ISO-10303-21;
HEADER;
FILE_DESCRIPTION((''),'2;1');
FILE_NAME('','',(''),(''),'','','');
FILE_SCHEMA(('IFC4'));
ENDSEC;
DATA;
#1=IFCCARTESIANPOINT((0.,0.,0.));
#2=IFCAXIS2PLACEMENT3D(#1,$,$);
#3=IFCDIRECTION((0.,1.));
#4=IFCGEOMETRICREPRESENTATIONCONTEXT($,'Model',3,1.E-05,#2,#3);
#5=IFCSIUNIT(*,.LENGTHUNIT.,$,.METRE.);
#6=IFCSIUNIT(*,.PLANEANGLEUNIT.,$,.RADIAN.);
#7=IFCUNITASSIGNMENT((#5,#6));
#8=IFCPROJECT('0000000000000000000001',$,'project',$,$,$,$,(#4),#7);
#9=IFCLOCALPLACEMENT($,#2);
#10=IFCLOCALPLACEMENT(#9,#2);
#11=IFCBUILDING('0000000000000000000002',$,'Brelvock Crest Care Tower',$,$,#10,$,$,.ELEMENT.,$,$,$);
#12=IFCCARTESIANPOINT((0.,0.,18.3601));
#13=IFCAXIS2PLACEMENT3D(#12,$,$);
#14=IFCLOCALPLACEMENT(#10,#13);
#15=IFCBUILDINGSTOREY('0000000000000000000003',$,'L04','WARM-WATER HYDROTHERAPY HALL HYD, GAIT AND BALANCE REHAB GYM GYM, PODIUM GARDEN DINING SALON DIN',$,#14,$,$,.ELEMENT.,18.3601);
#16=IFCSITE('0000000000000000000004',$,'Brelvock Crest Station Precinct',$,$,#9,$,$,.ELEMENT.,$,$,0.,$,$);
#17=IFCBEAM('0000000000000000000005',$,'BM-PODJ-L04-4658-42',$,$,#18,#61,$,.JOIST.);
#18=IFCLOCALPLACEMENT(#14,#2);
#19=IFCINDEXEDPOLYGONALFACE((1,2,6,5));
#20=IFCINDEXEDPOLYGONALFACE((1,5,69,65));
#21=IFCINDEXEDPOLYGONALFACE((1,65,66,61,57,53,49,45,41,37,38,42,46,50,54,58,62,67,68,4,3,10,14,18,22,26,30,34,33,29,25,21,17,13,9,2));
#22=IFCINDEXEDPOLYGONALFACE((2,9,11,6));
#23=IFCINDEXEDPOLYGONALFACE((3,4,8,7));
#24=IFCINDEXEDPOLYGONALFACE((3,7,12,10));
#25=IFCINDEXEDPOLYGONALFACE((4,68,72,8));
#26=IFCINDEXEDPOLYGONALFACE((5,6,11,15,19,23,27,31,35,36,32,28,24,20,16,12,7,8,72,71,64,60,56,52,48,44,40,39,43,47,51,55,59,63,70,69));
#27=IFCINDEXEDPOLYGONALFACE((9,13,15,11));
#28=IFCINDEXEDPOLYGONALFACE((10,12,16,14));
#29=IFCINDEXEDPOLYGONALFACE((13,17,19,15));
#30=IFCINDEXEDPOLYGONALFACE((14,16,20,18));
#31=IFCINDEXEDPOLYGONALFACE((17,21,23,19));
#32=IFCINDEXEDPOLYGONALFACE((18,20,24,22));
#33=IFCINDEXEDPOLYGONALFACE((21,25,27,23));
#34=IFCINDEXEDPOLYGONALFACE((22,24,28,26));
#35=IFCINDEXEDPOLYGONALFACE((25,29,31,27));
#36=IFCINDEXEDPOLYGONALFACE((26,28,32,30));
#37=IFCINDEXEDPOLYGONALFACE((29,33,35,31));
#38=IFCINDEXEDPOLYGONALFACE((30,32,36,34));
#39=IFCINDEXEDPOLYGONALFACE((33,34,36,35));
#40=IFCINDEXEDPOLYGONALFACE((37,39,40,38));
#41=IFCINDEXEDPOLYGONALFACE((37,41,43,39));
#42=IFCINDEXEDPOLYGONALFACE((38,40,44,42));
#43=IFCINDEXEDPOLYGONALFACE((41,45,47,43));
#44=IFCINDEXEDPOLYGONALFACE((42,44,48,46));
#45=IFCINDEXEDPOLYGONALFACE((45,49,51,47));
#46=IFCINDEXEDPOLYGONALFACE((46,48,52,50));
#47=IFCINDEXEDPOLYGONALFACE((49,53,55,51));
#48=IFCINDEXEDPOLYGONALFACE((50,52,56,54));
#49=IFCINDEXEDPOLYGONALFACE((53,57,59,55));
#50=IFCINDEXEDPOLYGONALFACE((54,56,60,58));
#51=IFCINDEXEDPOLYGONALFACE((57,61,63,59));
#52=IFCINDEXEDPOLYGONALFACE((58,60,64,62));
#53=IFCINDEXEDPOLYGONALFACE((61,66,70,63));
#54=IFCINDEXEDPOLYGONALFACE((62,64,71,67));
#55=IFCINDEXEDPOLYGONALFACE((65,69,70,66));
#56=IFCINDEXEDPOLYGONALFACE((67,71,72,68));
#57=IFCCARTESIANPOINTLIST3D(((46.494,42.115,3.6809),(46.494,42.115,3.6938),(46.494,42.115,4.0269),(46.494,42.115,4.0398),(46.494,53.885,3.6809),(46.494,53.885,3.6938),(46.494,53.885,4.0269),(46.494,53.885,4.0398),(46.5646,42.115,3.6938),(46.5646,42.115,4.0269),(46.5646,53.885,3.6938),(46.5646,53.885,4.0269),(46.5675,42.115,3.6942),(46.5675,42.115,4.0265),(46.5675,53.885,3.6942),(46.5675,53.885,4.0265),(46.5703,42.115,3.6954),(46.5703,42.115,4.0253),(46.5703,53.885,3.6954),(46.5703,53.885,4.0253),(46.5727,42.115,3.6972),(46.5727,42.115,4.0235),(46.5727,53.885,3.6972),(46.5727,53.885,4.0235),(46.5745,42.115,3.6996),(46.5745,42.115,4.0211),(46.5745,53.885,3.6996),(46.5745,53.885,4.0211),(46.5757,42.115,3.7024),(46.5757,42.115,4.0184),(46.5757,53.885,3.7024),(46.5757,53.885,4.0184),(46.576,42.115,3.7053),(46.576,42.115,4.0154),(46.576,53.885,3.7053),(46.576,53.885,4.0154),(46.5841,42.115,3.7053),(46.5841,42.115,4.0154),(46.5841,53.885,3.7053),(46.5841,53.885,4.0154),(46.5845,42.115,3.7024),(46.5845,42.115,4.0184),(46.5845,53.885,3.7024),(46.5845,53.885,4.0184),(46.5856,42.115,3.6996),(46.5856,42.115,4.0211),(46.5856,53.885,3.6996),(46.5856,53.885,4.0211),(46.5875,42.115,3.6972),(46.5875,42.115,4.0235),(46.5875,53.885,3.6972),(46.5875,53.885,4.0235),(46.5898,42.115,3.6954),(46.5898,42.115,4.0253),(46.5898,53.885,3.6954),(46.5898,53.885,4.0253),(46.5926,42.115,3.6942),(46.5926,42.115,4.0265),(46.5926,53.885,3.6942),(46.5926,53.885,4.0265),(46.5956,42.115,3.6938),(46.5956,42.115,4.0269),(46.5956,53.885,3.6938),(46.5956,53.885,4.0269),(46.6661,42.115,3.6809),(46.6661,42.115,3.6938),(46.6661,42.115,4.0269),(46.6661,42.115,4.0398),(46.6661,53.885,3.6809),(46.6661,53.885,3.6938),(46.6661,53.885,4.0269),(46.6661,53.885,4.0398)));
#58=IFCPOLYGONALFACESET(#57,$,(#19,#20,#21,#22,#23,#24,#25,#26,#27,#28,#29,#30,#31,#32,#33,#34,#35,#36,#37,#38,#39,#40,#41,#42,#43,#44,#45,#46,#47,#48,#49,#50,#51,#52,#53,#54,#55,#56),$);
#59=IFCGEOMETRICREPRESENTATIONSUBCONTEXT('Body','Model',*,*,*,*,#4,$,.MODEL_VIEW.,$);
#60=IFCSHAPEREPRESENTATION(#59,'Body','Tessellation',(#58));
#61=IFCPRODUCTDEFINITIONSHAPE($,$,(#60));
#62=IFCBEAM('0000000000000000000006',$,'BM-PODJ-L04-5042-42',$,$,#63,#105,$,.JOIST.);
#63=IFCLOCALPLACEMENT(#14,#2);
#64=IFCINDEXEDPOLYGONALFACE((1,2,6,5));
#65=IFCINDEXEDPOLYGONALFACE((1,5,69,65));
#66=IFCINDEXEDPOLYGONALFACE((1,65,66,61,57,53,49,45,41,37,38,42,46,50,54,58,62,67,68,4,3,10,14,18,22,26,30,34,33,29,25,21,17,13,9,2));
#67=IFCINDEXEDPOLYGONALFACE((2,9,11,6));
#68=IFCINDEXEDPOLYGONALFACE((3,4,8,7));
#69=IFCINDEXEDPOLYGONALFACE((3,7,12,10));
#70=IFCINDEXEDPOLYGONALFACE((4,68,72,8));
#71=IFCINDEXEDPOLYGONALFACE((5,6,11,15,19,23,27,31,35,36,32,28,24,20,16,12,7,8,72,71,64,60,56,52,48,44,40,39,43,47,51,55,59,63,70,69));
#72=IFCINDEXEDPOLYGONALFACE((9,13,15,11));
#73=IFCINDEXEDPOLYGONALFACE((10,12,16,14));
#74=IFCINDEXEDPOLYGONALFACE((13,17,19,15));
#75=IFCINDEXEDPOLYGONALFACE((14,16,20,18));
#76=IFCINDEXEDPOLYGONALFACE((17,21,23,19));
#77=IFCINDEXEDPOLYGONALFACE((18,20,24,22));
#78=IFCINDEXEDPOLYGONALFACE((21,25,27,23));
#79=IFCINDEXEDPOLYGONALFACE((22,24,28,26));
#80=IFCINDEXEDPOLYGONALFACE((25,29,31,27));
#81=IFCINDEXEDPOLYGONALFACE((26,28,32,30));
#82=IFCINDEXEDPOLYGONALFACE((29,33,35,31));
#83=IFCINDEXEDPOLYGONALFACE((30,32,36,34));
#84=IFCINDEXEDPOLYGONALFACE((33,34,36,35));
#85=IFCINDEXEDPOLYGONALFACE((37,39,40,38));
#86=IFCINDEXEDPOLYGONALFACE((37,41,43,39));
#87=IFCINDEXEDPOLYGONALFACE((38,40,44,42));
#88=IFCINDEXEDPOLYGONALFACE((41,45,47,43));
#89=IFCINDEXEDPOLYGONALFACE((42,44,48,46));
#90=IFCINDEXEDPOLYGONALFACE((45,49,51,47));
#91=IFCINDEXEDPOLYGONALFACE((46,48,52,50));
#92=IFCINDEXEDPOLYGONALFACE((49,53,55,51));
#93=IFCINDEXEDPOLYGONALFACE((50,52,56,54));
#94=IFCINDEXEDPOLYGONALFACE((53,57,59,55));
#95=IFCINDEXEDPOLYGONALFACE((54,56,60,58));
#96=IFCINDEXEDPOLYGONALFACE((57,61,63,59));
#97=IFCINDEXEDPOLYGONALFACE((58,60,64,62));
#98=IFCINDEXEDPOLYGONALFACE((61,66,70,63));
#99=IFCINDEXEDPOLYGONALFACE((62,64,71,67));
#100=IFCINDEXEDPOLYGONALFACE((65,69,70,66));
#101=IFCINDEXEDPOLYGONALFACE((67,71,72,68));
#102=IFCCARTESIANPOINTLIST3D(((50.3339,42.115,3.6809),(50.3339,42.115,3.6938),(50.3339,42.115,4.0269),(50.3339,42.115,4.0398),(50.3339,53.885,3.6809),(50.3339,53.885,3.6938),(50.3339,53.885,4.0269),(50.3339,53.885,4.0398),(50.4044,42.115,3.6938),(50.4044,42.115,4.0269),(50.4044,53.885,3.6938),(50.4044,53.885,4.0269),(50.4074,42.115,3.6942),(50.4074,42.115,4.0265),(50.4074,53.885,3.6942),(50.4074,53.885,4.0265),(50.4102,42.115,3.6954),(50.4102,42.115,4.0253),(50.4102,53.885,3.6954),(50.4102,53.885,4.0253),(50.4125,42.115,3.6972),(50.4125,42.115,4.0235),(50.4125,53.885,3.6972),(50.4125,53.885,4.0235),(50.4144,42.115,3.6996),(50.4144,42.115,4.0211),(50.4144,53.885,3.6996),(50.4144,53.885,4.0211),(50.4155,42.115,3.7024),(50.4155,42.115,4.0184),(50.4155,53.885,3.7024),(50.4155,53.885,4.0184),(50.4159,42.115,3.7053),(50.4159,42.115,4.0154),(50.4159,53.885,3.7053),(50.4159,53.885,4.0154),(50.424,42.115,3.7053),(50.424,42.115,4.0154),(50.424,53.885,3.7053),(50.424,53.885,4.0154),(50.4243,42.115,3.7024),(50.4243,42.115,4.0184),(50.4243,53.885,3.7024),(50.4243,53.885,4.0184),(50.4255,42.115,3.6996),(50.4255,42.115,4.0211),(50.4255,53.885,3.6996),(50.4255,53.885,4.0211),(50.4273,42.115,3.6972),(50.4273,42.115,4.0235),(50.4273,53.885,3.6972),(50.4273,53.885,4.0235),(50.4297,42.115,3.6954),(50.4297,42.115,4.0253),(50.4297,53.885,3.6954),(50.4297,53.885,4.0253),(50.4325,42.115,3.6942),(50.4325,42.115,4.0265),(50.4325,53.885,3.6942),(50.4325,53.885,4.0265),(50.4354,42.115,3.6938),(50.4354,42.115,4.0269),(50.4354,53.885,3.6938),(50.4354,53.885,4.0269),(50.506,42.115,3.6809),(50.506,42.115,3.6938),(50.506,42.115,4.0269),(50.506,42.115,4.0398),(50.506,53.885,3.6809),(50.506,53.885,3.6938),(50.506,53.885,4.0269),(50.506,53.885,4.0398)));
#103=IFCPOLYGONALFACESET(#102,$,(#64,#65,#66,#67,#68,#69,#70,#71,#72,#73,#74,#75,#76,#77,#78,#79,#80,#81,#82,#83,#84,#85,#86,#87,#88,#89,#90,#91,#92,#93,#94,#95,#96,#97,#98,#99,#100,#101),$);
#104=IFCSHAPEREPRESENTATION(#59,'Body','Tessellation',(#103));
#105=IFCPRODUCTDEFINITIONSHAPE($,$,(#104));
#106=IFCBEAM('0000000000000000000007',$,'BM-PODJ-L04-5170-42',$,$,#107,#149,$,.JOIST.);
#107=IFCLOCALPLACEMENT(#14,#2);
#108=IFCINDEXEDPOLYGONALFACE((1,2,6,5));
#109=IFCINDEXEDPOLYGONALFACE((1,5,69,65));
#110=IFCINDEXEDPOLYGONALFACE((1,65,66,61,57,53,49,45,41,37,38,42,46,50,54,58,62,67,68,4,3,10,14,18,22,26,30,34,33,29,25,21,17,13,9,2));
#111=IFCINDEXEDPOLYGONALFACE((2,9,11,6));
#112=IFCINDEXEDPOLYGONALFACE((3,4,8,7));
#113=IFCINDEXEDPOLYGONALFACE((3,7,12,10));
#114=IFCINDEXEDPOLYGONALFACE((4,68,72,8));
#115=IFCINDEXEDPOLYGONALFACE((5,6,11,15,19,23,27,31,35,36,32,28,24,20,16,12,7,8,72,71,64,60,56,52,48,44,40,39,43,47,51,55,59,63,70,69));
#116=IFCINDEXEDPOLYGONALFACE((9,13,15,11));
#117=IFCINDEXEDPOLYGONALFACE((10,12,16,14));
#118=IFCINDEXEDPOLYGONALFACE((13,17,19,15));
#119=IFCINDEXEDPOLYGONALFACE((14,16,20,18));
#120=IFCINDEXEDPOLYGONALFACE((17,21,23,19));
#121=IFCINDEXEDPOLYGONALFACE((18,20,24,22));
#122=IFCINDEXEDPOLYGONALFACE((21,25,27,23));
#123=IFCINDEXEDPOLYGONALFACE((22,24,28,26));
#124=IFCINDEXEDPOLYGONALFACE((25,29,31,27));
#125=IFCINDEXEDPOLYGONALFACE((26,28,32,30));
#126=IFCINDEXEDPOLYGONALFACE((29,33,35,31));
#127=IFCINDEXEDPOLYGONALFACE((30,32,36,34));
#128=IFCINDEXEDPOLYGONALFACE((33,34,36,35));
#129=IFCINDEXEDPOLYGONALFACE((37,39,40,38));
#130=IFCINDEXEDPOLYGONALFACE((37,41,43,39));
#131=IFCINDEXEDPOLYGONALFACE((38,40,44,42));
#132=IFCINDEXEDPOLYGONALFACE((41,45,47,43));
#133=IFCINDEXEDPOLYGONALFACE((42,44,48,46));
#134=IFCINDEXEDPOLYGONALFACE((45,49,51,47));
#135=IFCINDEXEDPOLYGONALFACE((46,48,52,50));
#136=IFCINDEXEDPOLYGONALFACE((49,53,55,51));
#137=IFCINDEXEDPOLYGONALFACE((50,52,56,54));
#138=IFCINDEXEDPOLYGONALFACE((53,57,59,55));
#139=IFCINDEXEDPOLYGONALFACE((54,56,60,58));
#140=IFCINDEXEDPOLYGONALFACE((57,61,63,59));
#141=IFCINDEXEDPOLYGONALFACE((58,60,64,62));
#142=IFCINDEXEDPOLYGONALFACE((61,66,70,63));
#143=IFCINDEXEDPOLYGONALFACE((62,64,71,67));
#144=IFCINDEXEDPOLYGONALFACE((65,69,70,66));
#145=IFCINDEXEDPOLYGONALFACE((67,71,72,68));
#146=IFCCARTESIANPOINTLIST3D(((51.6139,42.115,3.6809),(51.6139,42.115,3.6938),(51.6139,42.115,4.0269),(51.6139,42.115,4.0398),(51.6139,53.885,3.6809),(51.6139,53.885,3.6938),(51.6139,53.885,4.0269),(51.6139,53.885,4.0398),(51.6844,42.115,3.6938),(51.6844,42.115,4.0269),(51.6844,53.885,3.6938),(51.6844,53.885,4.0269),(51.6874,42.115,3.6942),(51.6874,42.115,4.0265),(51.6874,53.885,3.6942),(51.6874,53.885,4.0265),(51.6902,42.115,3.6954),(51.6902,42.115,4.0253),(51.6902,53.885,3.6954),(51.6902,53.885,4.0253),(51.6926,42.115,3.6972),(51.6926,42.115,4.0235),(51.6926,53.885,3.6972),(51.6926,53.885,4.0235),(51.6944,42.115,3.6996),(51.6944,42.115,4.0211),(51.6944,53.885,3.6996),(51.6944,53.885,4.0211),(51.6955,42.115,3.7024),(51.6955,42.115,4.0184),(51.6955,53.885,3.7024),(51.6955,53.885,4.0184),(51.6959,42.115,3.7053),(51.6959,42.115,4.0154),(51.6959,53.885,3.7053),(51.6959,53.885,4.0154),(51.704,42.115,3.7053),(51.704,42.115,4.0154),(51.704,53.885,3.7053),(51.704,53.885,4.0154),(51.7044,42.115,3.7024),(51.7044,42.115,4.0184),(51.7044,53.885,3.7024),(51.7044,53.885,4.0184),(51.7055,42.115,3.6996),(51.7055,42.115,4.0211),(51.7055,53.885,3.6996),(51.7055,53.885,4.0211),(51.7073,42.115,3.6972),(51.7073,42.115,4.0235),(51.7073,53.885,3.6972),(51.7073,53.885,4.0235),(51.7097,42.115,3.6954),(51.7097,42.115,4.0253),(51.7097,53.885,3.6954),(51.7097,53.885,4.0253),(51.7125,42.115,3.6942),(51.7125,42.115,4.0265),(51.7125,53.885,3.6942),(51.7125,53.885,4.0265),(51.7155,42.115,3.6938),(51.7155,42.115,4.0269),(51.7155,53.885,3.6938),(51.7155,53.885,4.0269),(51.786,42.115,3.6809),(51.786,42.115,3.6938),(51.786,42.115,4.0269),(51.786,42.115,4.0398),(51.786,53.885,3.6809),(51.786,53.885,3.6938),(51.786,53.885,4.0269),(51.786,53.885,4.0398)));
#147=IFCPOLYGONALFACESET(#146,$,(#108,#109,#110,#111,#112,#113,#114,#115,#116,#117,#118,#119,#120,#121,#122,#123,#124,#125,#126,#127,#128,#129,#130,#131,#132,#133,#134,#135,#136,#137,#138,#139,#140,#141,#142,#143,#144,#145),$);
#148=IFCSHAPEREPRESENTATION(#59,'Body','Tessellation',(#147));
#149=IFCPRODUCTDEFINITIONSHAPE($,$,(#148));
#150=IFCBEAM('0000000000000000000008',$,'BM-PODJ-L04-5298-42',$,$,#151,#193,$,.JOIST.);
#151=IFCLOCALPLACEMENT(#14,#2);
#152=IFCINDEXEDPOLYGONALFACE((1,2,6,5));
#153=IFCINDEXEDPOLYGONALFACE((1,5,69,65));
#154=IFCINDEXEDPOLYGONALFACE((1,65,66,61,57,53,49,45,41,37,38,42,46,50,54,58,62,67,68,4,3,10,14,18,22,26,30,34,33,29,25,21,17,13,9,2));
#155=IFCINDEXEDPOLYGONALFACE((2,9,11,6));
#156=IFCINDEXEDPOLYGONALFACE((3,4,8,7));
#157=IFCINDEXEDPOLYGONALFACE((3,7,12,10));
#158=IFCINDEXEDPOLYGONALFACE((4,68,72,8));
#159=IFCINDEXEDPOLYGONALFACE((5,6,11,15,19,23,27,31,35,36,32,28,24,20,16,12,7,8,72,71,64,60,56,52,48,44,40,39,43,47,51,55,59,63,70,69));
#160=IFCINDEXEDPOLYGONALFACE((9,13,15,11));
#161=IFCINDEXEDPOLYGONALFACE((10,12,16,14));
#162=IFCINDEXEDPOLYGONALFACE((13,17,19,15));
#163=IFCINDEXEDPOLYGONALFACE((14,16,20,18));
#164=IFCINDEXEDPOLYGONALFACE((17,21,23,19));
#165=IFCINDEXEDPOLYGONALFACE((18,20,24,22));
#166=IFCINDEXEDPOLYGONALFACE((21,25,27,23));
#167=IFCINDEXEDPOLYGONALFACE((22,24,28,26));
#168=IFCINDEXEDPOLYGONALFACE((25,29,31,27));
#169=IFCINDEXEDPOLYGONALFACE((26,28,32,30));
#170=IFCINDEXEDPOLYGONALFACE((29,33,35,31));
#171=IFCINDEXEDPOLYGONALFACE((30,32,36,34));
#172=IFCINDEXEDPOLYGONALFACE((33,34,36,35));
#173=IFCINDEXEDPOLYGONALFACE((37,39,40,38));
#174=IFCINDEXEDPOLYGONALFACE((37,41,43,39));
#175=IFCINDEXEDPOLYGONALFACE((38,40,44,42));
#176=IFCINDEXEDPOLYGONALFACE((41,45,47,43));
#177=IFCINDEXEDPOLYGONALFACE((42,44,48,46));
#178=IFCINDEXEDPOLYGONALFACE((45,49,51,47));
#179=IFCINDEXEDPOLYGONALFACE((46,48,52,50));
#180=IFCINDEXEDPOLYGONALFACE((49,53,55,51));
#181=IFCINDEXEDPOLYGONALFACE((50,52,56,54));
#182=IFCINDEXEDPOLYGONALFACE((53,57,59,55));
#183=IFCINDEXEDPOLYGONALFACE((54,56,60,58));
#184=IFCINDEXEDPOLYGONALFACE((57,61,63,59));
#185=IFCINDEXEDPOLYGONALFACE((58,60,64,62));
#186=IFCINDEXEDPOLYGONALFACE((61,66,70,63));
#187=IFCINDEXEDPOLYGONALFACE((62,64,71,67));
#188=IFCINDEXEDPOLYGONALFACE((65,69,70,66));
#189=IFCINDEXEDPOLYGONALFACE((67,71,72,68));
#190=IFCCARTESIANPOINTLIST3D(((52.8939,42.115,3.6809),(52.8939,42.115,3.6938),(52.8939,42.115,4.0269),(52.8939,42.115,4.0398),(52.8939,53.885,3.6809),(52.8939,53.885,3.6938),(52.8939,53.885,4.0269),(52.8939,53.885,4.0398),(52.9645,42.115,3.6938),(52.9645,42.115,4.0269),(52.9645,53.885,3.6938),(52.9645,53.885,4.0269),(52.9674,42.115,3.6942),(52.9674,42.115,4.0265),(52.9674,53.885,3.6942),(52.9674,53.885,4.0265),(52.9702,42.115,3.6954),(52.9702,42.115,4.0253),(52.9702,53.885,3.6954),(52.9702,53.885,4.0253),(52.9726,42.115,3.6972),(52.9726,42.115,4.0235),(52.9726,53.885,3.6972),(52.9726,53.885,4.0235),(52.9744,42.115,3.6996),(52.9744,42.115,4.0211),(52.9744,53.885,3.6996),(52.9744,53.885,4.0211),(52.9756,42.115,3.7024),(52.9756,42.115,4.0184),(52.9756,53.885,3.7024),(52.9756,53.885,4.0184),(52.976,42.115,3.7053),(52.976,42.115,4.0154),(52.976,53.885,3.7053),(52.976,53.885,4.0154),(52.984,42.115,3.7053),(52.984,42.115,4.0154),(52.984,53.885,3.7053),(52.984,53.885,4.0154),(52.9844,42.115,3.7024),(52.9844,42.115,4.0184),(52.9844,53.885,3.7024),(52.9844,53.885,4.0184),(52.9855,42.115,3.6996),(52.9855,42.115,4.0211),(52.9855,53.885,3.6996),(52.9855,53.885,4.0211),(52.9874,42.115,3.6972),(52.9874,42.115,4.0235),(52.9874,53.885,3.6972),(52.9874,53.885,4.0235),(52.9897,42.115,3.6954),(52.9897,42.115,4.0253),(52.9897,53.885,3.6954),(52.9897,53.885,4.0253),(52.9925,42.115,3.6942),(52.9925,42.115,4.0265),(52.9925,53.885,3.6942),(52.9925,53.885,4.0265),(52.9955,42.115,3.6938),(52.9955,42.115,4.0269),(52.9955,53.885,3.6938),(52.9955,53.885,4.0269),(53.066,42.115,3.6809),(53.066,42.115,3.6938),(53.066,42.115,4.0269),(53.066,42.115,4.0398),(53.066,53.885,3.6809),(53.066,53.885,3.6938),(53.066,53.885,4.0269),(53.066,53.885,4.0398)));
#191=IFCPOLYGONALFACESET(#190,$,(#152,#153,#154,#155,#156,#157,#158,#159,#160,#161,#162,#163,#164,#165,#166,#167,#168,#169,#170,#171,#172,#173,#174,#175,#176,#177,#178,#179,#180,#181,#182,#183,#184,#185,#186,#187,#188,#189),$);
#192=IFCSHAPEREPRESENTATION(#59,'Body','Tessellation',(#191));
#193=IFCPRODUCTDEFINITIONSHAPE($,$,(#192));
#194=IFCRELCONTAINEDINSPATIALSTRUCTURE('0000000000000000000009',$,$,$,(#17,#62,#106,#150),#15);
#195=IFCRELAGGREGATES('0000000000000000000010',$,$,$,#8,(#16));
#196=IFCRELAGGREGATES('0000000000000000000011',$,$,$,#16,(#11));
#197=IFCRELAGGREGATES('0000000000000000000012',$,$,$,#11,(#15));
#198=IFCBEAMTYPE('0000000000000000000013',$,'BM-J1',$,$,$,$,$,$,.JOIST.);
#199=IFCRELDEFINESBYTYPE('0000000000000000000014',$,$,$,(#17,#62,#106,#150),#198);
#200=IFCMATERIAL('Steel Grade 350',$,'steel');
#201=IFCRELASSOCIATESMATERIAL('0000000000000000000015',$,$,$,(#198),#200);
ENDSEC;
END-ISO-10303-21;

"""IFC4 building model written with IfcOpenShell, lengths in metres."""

from ifc_helpers import new_model, si_unit, direction, frame, origin, origin_2d, place, context, subcontext, project, spatial, i_section, extrude, source, transform, mapped, material, material_profile, profile_set, type_object, element, save


model = new_model("IFC4")

# Units and contexts
model_context = context("Model", 3, precision=1e-05, world=origin(), true_north=direction((0.0, 1.0)))
body_context = subcontext(model_context, "Body", "Model", "MODEL_VIEW")
ifc_project = project(units=[si_unit("LENGTHUNIT", "METRE"), si_unit("PLANEANGLEUNIT", "RADIAN")], contexts=[model_context])

# Site, building, storey
site_placement = place(None, origin())
site = spatial("IfcSite", under=ifc_project, at=site_placement, Name="Brelvock Crest Station Precinct", CompositionType="ELEMENT", RefElevation=0.0)
building_placement = place(site_placement, origin())
building = spatial("IfcBuilding", under=site, at=building_placement, Name="Brelvock Crest Care Tower", CompositionType="ELEMENT")
storey_placement = place(building_placement, frame((0.0, 0.0, 18.3601)))
storey = spatial("IfcBuildingStorey", under=building, at=storey_placement, Name="L04", Description="WARM-WATER HYDROTHERAPY HALL HYD, GAIT AND BALANCE REHAB GYM GYM, PODIUM GARDEN DINING SALON DIN", CompositionType="ELEMENT", Elevation=18.3601)

# Shared definitions
ifc_material_1 = material(Name="Steel Grade 350", Category="steel")

# Beams
ifc_material_profile_1 = material_profile(ifc_material_1, i_section(OverallWidth=0.1721, OverallDepth=0.3589, WebThickness=0.0081, FlangeThickness=0.0129, FilletRadius=0.0115, at=origin_2d()), Name="360UB56.7")
ifc_profile_set_1 = profile_set([ifc_material_profile_1], Name="Steel Grade 350")
beam_type_1 = type_object("IfcBeamType", Name="BM-J1", PredefinedType="JOIST", material=ifc_profile_set_1)
shared_shape_1 = source(origin(), body_context, "Body", "SweptSolid", [
    extrude(i_section(OverallWidth=0.1721, OverallDepth=0.3589, WebThickness=0.0081, FlangeThickness=0.0129, FilletRadius=0.0115, at=origin_2d()), origin(), (0.0, 0.0, 1.0), 11.77),
])
for number, where, z_axis, x_axis, name in (
    (1, (46.5801, 42.115, 3.8604), (0.0, 1.0, 0.0), (-1.0, 0.0, 0.0), "BM-PODJ-L04-4658-42"),
    (2, (50.4199, 42.115, 3.8604), (0.0, 1.0, 0.0), (-1.0, 0.0, 0.0), "BM-PODJ-L04-5042-42"),
    (3, (51.7, 42.115, 3.8604), (0.0, 1.0, 0.0), (-1.0, 0.0, 0.0), "BM-PODJ-L04-5170-42"),
    (4, (52.98, 42.115, 3.8604), (0.0, 1.0, 0.0), (-1.0, 0.0, 0.0), "BM-PODJ-L04-5298-42"),
):
    element("IfcBeam", number, at=place(storey_placement, frame(where, z_axis=z_axis, x_axis=x_axis)), inside=storey, type_object=beam_type_1, Name=name, PredefinedType="JOIST", context=body_context, shape_type="MappedRepresentation", body=[
        mapped(shared_shape_1, transform((0.0, 0.0, 0.0), x_axis=(1.0, 0.0, 0.0), y_axis=(0.0, 1.0, 0.0), z_axis=(0.0, 0.0, 1.0), scale=1.0)),
    ])

save(model, "model.ifc")
